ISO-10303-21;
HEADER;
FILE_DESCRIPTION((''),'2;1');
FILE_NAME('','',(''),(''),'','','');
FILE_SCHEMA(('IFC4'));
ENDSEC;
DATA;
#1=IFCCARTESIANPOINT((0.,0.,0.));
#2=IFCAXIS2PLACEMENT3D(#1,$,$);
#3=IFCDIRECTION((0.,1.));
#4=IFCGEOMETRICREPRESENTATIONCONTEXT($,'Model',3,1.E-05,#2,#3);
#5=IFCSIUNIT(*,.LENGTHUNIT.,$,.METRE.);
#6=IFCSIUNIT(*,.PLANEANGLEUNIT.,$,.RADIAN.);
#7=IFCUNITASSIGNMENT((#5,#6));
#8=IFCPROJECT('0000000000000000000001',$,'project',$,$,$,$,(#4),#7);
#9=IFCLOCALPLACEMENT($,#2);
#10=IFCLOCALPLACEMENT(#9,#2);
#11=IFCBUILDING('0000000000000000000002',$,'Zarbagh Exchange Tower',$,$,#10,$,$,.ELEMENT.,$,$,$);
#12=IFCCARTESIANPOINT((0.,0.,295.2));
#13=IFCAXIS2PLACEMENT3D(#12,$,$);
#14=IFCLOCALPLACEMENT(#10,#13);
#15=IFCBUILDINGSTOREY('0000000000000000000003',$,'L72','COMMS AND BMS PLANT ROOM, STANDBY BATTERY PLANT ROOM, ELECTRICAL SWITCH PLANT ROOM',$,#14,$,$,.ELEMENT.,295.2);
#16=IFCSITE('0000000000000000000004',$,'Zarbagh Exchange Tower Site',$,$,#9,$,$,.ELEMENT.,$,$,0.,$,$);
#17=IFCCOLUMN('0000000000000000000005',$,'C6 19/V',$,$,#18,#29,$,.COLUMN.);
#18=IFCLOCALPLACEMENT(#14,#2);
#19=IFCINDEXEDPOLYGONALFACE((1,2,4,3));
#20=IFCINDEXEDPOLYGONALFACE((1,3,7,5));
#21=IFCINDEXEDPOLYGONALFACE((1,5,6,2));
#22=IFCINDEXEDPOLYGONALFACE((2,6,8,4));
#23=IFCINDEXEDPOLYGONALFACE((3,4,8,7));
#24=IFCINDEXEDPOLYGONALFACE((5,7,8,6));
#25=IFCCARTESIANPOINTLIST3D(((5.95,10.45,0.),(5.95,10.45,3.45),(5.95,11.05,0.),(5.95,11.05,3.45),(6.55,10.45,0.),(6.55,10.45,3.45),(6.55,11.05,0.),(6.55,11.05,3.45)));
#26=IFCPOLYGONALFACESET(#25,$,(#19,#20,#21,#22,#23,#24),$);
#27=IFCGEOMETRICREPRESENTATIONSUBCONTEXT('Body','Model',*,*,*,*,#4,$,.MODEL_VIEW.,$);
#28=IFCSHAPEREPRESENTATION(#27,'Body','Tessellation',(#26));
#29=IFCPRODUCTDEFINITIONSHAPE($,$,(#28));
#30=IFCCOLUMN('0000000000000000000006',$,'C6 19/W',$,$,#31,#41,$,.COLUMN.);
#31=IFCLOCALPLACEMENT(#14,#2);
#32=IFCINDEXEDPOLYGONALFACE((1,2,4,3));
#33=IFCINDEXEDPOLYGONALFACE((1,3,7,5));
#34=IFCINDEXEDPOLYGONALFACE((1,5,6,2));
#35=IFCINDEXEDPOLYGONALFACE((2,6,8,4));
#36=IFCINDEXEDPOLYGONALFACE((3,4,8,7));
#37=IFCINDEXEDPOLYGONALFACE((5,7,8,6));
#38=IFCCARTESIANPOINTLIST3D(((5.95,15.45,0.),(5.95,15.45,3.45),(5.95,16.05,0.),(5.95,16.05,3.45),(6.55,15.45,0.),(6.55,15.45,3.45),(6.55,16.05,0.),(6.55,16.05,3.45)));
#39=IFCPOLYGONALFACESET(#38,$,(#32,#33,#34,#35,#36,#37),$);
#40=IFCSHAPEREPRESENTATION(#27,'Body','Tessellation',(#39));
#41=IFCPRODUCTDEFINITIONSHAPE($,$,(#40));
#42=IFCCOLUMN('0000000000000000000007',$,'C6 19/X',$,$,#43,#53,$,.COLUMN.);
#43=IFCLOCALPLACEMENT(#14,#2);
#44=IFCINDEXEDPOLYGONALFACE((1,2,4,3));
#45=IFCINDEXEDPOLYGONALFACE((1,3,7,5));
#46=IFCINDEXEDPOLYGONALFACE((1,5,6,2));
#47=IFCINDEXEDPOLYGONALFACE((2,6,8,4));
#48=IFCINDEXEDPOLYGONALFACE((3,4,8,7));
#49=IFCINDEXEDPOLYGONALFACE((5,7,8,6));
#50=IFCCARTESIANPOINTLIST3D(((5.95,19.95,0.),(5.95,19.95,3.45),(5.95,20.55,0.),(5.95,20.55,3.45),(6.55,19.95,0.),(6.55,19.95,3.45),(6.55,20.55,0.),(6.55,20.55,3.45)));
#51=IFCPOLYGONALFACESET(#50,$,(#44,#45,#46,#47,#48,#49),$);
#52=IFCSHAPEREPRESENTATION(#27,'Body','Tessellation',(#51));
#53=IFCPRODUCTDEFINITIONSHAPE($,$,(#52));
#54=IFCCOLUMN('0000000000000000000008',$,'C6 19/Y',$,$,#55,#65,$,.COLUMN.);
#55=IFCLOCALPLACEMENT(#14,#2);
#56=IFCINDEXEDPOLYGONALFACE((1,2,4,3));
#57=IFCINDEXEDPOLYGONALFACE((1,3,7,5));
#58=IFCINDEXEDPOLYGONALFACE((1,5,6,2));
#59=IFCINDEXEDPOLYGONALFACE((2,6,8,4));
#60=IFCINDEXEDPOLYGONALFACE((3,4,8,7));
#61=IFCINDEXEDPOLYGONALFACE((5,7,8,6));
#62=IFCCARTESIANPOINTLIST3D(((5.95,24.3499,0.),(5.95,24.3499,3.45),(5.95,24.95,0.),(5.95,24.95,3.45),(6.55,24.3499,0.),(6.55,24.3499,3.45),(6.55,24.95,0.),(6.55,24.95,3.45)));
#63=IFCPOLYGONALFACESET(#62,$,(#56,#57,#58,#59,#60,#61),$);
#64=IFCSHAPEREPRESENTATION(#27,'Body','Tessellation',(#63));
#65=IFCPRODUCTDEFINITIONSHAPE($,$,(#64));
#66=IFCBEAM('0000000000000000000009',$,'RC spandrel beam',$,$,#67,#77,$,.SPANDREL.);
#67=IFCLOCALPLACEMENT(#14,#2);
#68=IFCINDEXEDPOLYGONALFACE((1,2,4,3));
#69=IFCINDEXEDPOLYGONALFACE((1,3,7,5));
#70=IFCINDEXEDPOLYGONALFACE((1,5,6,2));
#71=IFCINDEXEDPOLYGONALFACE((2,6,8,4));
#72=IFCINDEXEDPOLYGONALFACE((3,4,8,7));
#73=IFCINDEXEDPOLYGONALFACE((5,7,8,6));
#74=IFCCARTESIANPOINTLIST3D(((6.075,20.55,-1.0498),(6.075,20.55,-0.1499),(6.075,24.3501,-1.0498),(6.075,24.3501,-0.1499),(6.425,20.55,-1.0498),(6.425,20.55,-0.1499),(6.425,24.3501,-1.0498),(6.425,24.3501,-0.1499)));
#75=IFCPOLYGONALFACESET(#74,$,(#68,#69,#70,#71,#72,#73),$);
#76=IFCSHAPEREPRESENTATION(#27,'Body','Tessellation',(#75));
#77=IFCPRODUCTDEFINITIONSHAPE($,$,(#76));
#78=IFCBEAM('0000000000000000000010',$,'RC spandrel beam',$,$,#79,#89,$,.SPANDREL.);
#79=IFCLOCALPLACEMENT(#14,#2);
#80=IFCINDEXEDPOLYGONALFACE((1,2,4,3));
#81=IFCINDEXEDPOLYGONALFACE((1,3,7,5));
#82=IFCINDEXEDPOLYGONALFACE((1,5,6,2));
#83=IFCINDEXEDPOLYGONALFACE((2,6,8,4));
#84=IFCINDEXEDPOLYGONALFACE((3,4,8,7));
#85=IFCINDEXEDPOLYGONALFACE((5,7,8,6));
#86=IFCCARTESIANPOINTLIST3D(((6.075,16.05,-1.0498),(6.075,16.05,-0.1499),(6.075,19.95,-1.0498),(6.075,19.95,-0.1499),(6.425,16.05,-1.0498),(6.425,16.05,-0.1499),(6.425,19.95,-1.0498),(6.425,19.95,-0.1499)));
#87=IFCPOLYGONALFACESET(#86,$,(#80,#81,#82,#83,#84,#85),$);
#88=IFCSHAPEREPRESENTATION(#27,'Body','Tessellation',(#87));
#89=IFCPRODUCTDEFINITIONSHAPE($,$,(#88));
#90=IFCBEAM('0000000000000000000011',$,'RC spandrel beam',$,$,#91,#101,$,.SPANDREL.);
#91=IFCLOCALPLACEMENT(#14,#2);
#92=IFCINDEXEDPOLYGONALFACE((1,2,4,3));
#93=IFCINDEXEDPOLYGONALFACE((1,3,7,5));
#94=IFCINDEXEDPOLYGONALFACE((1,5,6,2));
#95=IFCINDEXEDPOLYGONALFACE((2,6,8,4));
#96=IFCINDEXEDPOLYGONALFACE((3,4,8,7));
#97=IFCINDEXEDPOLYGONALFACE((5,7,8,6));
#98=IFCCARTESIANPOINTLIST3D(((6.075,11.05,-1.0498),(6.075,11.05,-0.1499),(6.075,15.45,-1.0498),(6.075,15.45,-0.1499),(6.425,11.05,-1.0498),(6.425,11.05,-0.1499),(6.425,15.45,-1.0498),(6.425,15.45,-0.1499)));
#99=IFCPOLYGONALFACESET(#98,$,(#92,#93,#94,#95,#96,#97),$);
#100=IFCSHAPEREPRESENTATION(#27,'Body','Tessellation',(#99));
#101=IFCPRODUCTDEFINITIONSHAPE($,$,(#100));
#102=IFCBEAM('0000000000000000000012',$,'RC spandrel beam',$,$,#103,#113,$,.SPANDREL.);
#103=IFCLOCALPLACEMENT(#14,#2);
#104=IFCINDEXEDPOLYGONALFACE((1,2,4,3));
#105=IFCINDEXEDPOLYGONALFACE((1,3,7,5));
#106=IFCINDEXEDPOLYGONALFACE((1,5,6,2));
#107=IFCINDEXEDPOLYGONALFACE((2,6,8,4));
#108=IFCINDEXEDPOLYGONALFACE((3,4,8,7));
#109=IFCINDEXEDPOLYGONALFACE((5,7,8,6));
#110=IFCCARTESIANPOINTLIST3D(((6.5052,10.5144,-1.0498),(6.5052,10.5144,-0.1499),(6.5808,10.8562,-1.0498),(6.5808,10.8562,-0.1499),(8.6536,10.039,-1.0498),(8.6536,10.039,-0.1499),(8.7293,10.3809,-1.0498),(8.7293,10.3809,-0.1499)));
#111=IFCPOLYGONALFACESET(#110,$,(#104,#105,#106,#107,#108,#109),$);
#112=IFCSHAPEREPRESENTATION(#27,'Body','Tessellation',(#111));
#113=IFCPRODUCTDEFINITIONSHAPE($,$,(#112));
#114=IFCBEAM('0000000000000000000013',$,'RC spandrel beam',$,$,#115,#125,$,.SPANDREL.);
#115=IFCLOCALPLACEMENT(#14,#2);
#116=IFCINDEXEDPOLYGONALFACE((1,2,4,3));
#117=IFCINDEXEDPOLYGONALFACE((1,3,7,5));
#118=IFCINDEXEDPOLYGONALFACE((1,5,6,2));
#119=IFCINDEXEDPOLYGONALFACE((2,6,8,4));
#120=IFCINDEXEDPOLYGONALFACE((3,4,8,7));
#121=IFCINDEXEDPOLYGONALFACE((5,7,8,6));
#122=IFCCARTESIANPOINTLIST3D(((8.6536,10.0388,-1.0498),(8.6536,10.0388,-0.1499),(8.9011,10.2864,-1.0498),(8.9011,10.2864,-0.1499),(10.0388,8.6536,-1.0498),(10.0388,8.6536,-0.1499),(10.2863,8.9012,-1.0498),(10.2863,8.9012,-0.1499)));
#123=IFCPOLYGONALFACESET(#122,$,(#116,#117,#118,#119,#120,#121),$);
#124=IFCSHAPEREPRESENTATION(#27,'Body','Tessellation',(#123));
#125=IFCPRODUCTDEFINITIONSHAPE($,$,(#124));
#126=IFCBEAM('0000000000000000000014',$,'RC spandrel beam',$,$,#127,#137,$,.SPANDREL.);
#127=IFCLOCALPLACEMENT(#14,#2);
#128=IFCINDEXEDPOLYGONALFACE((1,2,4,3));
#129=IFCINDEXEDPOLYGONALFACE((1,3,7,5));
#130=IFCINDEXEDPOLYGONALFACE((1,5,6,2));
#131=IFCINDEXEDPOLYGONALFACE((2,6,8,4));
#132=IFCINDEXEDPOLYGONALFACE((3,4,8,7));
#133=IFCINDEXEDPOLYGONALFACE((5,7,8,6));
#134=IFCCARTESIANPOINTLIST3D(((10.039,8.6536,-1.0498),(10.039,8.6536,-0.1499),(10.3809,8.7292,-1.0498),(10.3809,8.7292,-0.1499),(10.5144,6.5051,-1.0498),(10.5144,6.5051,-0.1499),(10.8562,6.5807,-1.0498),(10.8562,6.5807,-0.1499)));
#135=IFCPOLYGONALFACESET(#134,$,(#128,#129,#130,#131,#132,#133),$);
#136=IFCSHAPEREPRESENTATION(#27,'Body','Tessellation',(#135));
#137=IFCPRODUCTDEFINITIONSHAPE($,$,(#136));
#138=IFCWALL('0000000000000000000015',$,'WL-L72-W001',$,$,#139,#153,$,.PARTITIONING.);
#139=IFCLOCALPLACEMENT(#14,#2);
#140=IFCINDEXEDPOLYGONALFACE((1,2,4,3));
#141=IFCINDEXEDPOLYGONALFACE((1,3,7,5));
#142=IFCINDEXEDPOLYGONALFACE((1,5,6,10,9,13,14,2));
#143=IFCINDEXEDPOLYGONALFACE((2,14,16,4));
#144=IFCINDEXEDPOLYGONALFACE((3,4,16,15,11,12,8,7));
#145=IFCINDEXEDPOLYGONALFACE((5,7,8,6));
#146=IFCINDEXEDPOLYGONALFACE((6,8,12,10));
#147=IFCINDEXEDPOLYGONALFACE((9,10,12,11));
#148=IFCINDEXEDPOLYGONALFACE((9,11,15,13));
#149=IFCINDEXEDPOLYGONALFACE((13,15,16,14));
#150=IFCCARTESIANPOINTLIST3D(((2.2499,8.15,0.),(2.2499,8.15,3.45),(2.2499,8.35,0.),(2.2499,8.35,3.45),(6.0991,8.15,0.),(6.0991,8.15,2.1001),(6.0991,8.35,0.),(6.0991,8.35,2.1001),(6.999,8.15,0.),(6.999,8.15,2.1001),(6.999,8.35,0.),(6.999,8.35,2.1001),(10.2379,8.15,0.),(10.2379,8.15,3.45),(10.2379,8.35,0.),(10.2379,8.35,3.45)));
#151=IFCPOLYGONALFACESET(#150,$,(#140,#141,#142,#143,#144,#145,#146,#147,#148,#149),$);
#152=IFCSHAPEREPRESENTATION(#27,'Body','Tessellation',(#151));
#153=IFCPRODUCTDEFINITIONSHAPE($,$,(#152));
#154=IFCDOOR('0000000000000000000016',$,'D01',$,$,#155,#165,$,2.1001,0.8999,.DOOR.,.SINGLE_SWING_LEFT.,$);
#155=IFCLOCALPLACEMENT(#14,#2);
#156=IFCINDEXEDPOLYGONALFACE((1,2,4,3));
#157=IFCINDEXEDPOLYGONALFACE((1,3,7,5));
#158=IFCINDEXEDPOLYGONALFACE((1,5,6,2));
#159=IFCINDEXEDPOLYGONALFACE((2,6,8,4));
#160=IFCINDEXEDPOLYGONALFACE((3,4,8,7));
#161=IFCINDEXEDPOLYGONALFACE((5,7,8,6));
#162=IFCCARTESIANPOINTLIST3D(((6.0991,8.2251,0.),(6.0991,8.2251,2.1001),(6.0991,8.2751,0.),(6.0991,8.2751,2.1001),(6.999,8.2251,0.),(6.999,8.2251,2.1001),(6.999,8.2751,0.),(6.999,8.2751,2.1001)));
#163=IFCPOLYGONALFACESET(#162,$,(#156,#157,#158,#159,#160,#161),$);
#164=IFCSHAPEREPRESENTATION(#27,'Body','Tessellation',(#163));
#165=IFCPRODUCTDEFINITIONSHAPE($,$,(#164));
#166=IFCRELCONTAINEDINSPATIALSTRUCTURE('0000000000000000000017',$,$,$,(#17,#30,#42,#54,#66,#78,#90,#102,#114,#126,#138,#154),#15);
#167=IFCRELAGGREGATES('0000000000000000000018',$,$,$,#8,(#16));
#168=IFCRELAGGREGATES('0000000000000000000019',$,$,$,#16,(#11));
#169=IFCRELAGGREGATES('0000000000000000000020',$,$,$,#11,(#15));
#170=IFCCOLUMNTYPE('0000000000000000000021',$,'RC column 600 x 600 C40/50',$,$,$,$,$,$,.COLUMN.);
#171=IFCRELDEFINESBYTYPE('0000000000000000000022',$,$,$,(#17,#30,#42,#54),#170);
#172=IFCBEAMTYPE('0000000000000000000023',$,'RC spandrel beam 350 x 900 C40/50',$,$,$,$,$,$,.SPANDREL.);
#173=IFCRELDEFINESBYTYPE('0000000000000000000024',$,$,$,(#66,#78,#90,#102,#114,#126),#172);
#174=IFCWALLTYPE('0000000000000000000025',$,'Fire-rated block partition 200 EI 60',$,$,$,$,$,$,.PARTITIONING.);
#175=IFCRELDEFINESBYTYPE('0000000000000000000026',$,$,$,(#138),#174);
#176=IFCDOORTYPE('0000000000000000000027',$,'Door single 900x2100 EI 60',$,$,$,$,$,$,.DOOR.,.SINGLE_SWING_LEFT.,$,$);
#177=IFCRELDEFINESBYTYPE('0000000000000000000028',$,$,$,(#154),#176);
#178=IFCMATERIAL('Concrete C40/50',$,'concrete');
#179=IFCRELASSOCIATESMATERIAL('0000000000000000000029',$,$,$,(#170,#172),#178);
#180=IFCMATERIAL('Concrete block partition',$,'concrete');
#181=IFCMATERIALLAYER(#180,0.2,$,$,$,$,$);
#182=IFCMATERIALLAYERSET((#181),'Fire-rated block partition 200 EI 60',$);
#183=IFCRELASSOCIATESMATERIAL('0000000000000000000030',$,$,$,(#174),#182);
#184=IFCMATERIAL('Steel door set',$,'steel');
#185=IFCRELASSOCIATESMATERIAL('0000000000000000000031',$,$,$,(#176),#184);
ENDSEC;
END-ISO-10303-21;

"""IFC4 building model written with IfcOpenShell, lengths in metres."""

from ifc_helpers import new_model, si_unit, direction, frame, frame_2d, origin, origin_2d, place, context, subcontext, project, spatial, rectangle, extrude, material, layer, layer_set, material_profile, profile_set, type_object, element, fill, save


model = new_model("IFC4")

# Units and contexts
model_context = context("Model", 3, precision=1e-05, world=origin(), true_north=direction((0.0, 1.0)))
body_context = subcontext(model_context, "Body", "Model", "MODEL_VIEW")
ifc_project = project(units=[si_unit("LENGTHUNIT", "METRE"), si_unit("PLANEANGLEUNIT", "RADIAN")], contexts=[model_context])

# Site, building, storey
site_placement = place(None, origin())
site = spatial("IfcSite", under=ifc_project, at=site_placement, Name="Zarbagh Exchange Tower Site", CompositionType="ELEMENT", RefElevation=0.0)
building_placement = place(site_placement, origin())
building = spatial("IfcBuilding", under=site, at=building_placement, Name="Zarbagh Exchange Tower", CompositionType="ELEMENT")
storey_placement = place(building_placement, frame((0.0, 0.0, 295.2)))
storey = spatial("IfcBuildingStorey", under=building, at=storey_placement, Name="L72", Description="COMMS AND BMS PLANT ROOM, STANDBY BATTERY PLANT ROOM, ELECTRICAL SWITCH PLANT ROOM", CompositionType="ELEMENT", Elevation=295.2)

# Columns
ifc_material_1 = material(Name="Concrete C40/50", Category="concrete")
ifc_material_profile_1 = material_profile(ifc_material_1, rectangle(XDim=0.6001, YDim=0.6001, at=origin_2d()), Name="RC column 600 x 600 C40/50")
ifc_profile_set_1 = profile_set([ifc_material_profile_1], Name="Concrete C40/50")
column_type = type_object("IfcColumnType", Name="RC column 600 x 600 C40/50", PredefinedType="COLUMN", material=ifc_profile_set_1)
for number, where, z_axis, x_axis, name in (
    (1, (6.25, 10.75, 0.0), (0.0, 0.0, 1.0), (1.0, 0.0, 0.0), "C6 19/V"),
    (2, (6.25, 15.75, 0.0), (0.0, 0.0, 1.0), (1.0, 0.0, 0.0), "C6 19/W"),
    (3, (6.25, 20.25, 0.0), (0.0, 0.0, 1.0), (1.0, 0.0, 0.0), "C6 19/X"),
    (4, (6.25, 24.6499, 0.0), (0.0, 0.0, 1.0), (1.0, 0.0, 0.0), "C6 19/Y"),
):
    element("IfcColumn", number, at=place(storey_placement, frame(where, z_axis=z_axis, x_axis=x_axis)), inside=storey, type_object=column_type, Name=name, PredefinedType="COLUMN", context=body_context, shape_type="SweptSolid", body=[
        extrude(rectangle(XDim=0.6001, YDim=0.6001, at=origin_2d()), origin(), (0.0, 0.0, 1.0), 3.45),
    ])

# Beams
ifc_material_profile_2 = material_profile(ifc_material_1, rectangle(XDim=0.3501, YDim=0.8999, at=origin_2d()), Name="RC spandrel beam 350 x 900 C40/50")
ifc_profile_set_2 = profile_set([ifc_material_profile_2], Name="Concrete C40/50")
beam_type = type_object("IfcBeamType", Name="RC spandrel beam 350 x 900 C40/50", PredefinedType="SPANDREL", material=ifc_profile_set_2)
beam_1_placement = place(storey_placement, frame((6.25, 24.3501, -0.5999), z_axis=(0.0, -1.0, 0.0), x_axis=(1.0, 0.0, 0.0)))
element("IfcBeam", 5, at=beam_1_placement, inside=storey, type_object=beam_type, Name="RC spandrel beam", PredefinedType="SPANDREL", context=body_context, shape_type="SweptSolid", body=[
    extrude(rectangle(XDim=0.3501, YDim=0.8999, at=origin_2d()), origin(), (0.0, 0.0, 1.0), 3.8),
])
beam_2_placement = place(storey_placement, frame((6.25, 19.95, -0.5999), z_axis=(0.0, -1.0, 0.0), x_axis=(1.0, 0.0, 0.0)))
element("IfcBeam", 6, at=beam_2_placement, inside=storey, type_object=beam_type, Name="RC spandrel beam", PredefinedType="SPANDREL", context=body_context, shape_type="SweptSolid", body=[
    extrude(rectangle(XDim=0.3501, YDim=0.8999, at=origin_2d()), origin(), (0.0, 0.0, 1.0), 3.8999),
])
beam_3_placement = place(storey_placement, frame((6.25, 15.45, -0.5999), z_axis=(0.0, -1.0, 0.0), x_axis=(1.0, 0.0, 0.0)))
element("IfcBeam", 7, at=beam_3_placement, inside=storey, type_object=beam_type, Name="RC spandrel beam", PredefinedType="SPANDREL", context=body_context, shape_type="SweptSolid", body=[
    extrude(rectangle(XDim=0.3501, YDim=0.8999, at=origin_2d()), origin(), (0.0, 0.0, 1.0), 4.3999),
])
beam_4_placement = place(storey_placement, frame((6.543, 10.6853, -0.5999), z_axis=(0.976388, -0.216026, 0.0), x_axis=(0.216026, 0.976388, 0.0)))
element("IfcBeam", 8, at=beam_4_placement, inside=storey, type_object=beam_type, Name="RC spandrel beam", PredefinedType="SPANDREL", context=body_context, shape_type="SweptSolid", body=[
    extrude(rectangle(XDim=0.3501, YDim=0.8999, at=origin_2d()), origin(), (0.0, 0.0, 1.0), 2.2004),
])
beam_5_placement = place(storey_placement, frame((8.7773, 10.1626, -0.5999), z_axis=(0.707107, -0.707107, 0.0), x_axis=(0.707107, 0.707107, 0.0)))
element("IfcBeam", 9, at=beam_5_placement, inside=storey, type_object=beam_type, Name="RC spandrel beam", PredefinedType="SPANDREL", context=body_context, shape_type="SweptSolid", body=[
    extrude(rectangle(XDim=0.3501, YDim=0.8999, at=origin_2d()), origin(), (0.0, 0.0, 1.0), 1.959),
])
beam_6_placement = place(storey_placement, frame((10.21, 8.6914, -0.5999), z_axis=(0.216026, -0.976388, 0.0), x_axis=(0.976388, 0.216026, 0.0)))
element("IfcBeam", 10, at=beam_6_placement, inside=storey, type_object=beam_type, Name="RC spandrel beam", PredefinedType="SPANDREL", context=body_context, shape_type="SweptSolid", body=[
    extrude(rectangle(XDim=0.3501, YDim=0.8999, at=origin_2d()), origin(), (0.0, 0.0, 1.0), 2.2004),
])

# Wall, opening, door
ifc_material_2 = material(Name="Concrete block partition", Category="concrete")
ifc_layer_1 = layer(ifc_material_2, 0.2)
ifc_layer_set_1 = layer_set([ifc_layer_1], Name="Fire-rated block partition 200 EI 60")
wall_type_1 = type_object("IfcWallType", Name="Fire-rated block partition 200 EI 60", PredefinedType="PARTITIONING", material=ifc_layer_set_1)
wall_1_placement = place(storey_placement, frame((10.238, 8.25, 0.0), z_axis=(0.0, 0.0, 1.0), x_axis=(-1.0, 0.0, 0.0)))
wall_1 = element("IfcWall", 11, at=wall_1_placement, inside=storey, type_object=wall_type_1, Name="WL-L72-W001", PredefinedType="PARTITIONING", context=body_context, shape_type="SweptSolid", body=[
    extrude(rectangle(XDim=7.988, YDim=0.2, at=frame_2d((3.9941, 0.0))), origin(), (0.0, 0.0, 1.0), 3.45),
])
opening_1_placement = place(wall_1_placement, frame((3.239, 0.0, 0.0)))
opening_1 = element("IfcOpeningElement", 12, at=opening_1_placement, cuts=wall_1, PredefinedType="OPENING", context=body_context, shape_type="SweptSolid", body=[
    extrude(rectangle(XDim=0.8999, YDim=2.1001, at=frame_2d((0.45, 1.05))), frame((0.0, 0.1099, 0.0), z_axis=(0.0, -1.0, 0.0), x_axis=(1.0, 0.0, 0.0)), (0.0, 0.0, 1.0), 0.22),
])
ifc_material_3 = material(Name="Steel door set", Category="steel")
door_type_1 = type_object("IfcDoorType", Name="Door single 900x2100 EI 60", OperationType="SINGLE_SWING_LEFT", PredefinedType="DOOR", material=ifc_material_3)
door_1_placement = place(opening_1_placement, origin())
door_1 = element("IfcDoor", 13, at=door_1_placement, inside=storey, type_object=door_type_1, Name="D01", OperationType="SINGLE_SWING_LEFT", OverallHeight=2.1001, OverallWidth=0.8999, PredefinedType="DOOR", context=body_context, shape_type="SweptSolid", body=[
    extrude(rectangle(XDim=0.8999, YDim=2.1001, at=frame_2d((0.45, 1.05))), frame((0.0, 0.0249, 0.0), z_axis=(0.0, -1.0, 0.0), x_axis=(1.0, 0.0, 0.0)), (0.0, 0.0, 1.0), 0.05),
])
fill(opening_1, door_1)

save(model, "model.ifc")
